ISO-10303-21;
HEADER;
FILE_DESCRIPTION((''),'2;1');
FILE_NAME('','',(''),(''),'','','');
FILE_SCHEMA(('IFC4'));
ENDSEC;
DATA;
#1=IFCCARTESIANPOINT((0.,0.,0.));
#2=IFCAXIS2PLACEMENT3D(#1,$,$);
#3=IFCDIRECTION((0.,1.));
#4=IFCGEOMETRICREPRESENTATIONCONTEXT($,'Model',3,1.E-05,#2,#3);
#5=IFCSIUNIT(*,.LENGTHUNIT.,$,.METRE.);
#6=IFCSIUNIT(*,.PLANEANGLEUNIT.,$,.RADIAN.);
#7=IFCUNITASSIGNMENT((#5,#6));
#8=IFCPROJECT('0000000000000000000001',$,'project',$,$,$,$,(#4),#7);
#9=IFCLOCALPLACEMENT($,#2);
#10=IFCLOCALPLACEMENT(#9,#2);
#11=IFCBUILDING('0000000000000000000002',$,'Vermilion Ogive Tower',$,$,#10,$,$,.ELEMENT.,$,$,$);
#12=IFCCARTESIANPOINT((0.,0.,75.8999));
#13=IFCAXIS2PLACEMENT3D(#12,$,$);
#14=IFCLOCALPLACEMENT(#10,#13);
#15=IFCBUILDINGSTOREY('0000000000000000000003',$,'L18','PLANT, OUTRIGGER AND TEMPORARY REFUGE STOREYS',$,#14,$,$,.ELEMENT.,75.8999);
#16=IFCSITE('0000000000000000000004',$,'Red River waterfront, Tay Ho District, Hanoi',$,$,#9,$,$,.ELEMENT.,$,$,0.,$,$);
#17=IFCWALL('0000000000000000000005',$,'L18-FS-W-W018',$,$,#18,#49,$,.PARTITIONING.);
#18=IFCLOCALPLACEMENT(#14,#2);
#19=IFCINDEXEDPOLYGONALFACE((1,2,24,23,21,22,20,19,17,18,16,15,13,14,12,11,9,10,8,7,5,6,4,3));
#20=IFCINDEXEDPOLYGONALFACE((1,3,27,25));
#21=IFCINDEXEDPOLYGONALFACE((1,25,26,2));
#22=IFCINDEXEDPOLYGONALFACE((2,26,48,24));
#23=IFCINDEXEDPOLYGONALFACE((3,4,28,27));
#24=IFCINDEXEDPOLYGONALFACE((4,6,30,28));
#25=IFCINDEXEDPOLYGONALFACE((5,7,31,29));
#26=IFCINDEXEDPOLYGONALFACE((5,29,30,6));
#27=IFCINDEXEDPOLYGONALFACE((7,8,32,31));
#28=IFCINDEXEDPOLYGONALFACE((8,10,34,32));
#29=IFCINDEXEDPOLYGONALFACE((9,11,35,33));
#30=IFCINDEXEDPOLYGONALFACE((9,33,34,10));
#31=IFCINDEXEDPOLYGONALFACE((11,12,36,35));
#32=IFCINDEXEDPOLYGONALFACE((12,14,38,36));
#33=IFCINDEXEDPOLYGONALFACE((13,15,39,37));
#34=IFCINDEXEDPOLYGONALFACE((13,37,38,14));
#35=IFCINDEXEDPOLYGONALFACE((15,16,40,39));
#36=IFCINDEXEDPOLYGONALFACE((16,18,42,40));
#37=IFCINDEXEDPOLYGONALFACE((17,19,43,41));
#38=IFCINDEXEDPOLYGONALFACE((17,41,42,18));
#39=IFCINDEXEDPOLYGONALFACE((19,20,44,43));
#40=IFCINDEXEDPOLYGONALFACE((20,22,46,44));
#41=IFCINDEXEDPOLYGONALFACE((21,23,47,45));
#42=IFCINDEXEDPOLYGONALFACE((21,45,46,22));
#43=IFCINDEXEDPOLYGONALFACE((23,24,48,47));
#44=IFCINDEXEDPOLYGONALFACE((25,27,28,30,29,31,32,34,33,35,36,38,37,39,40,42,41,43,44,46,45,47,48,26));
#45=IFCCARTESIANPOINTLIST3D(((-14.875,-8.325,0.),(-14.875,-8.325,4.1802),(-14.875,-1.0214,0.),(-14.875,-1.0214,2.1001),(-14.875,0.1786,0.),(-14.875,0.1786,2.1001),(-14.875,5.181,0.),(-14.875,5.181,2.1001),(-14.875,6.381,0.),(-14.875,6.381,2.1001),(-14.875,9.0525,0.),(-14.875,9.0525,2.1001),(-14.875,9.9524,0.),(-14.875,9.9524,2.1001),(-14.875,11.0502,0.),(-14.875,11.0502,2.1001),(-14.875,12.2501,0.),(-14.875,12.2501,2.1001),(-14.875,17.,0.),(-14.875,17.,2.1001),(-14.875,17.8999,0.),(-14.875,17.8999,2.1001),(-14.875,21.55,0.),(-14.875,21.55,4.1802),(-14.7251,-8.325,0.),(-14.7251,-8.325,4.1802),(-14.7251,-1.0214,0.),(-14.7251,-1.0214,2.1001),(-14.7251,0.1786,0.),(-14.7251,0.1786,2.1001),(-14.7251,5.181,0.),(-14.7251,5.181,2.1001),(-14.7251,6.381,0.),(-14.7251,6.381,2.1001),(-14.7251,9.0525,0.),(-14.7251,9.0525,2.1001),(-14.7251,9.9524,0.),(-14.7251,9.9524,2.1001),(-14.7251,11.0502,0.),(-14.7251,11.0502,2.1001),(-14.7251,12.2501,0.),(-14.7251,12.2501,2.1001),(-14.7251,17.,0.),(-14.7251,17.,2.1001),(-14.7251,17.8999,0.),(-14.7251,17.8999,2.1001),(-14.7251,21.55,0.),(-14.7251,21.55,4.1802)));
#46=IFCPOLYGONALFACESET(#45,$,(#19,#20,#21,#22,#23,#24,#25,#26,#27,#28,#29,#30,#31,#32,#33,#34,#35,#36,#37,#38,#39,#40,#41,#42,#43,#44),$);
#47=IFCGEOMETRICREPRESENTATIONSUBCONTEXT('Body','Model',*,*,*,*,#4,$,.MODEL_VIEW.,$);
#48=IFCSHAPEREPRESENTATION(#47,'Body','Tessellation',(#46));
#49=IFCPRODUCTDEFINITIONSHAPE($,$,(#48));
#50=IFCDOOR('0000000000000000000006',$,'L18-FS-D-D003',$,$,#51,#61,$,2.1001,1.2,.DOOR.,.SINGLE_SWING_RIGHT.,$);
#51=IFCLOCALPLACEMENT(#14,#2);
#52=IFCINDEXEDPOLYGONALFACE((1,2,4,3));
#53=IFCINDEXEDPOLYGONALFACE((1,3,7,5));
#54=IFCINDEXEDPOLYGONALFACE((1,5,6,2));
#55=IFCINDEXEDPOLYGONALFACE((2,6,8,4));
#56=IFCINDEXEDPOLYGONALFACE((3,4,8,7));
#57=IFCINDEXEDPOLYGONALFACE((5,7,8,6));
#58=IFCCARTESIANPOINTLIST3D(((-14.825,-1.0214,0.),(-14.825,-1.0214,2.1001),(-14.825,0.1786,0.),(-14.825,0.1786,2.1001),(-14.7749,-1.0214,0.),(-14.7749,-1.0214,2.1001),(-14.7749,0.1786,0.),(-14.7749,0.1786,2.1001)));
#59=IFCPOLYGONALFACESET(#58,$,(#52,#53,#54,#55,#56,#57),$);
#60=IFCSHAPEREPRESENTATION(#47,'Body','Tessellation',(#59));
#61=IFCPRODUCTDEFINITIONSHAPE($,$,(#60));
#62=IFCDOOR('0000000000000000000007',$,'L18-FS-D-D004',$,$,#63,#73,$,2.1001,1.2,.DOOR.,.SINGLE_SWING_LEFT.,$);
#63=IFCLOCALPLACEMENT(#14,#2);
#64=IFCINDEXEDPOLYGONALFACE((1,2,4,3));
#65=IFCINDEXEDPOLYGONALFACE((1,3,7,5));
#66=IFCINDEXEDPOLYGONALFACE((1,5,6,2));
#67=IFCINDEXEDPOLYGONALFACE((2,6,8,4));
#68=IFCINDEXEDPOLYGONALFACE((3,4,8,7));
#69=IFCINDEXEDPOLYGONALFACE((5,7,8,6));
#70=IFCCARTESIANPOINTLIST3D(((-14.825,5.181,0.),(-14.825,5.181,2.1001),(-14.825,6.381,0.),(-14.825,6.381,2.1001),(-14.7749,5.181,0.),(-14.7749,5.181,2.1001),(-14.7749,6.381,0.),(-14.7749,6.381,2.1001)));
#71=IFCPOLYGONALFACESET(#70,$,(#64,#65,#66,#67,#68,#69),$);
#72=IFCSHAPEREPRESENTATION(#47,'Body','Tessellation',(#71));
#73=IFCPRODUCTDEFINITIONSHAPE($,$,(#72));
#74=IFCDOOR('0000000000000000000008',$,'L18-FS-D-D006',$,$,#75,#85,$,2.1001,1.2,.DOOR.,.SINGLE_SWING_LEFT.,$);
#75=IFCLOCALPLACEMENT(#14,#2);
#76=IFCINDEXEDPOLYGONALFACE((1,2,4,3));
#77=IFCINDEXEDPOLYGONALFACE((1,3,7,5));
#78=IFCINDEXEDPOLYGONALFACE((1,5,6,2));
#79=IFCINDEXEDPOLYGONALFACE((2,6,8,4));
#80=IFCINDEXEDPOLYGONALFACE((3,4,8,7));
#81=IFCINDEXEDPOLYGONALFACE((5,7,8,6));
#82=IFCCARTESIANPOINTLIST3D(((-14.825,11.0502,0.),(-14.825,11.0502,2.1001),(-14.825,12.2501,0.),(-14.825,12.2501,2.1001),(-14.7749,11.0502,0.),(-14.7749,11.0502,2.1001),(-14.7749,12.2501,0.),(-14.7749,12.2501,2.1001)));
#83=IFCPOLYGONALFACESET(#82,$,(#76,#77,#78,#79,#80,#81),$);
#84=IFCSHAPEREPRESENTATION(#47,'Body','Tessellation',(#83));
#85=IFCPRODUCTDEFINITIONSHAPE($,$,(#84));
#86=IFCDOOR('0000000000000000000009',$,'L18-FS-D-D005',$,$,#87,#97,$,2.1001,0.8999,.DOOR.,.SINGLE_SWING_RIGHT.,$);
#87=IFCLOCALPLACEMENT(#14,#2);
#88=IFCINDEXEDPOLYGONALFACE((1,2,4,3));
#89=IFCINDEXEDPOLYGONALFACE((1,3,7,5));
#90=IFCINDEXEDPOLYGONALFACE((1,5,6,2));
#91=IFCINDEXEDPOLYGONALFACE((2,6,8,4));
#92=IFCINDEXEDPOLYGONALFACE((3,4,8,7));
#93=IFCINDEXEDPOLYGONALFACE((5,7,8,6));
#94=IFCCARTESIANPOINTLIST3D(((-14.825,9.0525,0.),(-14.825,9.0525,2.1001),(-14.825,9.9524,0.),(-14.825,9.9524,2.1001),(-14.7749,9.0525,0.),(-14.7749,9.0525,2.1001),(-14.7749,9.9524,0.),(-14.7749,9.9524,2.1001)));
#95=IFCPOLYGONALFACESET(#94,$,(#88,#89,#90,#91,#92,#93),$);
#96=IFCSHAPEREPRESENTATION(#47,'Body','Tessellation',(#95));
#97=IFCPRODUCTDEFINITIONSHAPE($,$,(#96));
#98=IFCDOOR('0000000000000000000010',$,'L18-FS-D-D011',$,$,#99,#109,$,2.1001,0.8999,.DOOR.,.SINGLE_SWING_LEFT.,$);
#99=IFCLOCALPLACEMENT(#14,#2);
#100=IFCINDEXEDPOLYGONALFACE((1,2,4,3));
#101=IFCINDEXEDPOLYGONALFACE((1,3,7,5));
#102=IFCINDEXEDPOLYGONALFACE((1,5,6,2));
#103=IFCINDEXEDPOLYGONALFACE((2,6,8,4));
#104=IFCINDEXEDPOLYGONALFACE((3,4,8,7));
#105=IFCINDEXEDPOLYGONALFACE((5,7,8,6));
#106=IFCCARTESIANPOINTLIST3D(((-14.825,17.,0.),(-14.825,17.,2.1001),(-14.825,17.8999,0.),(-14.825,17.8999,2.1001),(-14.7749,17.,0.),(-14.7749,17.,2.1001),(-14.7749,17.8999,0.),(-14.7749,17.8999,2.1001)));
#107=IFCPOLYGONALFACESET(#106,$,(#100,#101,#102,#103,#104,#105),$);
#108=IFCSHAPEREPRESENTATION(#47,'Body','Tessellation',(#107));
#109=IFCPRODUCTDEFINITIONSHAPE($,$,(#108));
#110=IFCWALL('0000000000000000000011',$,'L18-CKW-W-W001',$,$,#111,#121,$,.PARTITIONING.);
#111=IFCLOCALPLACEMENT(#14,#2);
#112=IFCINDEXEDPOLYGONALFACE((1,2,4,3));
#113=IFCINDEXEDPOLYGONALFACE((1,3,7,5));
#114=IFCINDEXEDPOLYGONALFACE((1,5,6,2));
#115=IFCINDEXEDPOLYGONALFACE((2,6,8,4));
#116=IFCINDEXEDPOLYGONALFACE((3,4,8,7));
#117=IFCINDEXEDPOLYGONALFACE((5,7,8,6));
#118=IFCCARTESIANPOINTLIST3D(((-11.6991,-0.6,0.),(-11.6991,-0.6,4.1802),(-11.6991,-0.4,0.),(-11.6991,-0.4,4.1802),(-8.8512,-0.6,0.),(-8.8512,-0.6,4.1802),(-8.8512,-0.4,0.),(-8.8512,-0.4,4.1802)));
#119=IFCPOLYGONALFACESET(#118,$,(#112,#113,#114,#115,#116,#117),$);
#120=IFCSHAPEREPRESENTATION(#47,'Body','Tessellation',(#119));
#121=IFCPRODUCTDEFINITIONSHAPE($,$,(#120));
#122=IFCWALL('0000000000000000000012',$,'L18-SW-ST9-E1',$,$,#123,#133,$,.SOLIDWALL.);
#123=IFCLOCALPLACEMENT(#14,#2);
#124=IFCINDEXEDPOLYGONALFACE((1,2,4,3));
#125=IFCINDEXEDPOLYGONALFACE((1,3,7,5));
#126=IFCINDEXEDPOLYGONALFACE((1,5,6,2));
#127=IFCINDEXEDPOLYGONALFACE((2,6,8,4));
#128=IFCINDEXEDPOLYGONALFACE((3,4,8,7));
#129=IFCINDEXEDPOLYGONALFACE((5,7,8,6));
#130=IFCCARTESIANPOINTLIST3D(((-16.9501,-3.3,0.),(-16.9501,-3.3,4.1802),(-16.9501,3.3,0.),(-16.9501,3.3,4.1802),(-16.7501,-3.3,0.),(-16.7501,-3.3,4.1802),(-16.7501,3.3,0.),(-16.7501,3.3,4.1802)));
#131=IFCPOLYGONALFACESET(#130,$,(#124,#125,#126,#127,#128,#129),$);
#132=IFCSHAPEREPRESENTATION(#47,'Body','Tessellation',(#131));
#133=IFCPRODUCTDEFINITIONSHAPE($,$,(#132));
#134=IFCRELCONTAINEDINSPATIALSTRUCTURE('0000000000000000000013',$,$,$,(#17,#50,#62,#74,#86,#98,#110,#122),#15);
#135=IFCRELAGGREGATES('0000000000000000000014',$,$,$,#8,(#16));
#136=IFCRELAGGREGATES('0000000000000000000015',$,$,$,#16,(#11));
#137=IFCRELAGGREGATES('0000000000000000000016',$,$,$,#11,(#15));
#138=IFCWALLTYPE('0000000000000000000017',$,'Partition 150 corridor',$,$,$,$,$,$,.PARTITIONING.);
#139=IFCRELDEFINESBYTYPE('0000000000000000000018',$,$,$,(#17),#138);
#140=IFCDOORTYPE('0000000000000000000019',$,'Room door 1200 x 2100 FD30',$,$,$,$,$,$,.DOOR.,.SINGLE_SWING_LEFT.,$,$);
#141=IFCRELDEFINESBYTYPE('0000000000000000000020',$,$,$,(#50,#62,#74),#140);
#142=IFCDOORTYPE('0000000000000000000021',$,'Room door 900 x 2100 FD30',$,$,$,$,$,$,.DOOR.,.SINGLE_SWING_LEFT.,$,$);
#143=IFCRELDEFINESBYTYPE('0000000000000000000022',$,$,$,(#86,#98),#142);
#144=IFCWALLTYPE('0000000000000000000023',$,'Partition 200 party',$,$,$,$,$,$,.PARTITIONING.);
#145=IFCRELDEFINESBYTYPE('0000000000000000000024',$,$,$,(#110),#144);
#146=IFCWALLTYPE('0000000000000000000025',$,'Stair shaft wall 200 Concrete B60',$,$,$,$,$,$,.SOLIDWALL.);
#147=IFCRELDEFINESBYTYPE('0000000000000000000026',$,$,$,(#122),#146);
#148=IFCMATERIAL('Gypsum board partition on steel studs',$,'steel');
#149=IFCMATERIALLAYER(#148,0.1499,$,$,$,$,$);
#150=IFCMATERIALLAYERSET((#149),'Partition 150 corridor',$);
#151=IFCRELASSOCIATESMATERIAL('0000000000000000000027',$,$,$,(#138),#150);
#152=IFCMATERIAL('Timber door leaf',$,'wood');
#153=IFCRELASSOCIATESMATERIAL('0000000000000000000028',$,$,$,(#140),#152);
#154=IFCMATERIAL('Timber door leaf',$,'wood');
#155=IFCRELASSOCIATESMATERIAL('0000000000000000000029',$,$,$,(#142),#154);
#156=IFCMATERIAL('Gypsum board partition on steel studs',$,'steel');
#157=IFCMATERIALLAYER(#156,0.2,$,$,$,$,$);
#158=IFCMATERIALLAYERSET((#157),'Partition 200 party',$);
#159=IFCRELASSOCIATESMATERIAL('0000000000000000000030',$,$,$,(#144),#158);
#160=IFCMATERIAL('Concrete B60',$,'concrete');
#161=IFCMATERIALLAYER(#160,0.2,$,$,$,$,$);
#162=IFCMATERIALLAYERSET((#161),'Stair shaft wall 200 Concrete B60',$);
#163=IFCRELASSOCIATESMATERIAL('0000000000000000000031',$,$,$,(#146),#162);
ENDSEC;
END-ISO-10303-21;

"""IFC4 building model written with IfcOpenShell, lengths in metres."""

from ifc_helpers import new_model, si_unit, direction, frame, frame_2d, origin, place, context, subcontext, project, spatial, rectangle, extrude, material, layer, layer_set, type_object, element, fill, save


model = new_model("IFC4")

# Units and contexts
model_context = context("Model", 3, precision=1e-05, world=origin(), true_north=direction((0.0, 1.0)))
body_context = subcontext(model_context, "Body", "Model", "MODEL_VIEW")
ifc_project = project(units=[si_unit("LENGTHUNIT", "METRE"), si_unit("PLANEANGLEUNIT", "RADIAN")], contexts=[model_context])

# Site, building, storey
site_placement = place(None, origin())
site = spatial("IfcSite", under=ifc_project, at=site_placement, Name="Red River waterfront, Tay Ho District, Hanoi", CompositionType="ELEMENT", RefElevation=0.0)
building_placement = place(site_placement, origin())
building = spatial("IfcBuilding", under=site, at=building_placement, Name="Vermilion Ogive Tower", CompositionType="ELEMENT")
storey_placement = place(building_placement, frame((0.0, 0.0, 75.8999)))
storey = spatial("IfcBuildingStorey", under=building, at=storey_placement, Name="L18", Description="PLANT, OUTRIGGER AND TEMPORARY REFUGE STOREYS", CompositionType="ELEMENT", Elevation=75.8999)

# Wall, openings, doors
ifc_material_1 = material(Name="Gypsum board partition on steel studs", Category="steel")
ifc_layer_1 = layer(ifc_material_1, 0.1499)
ifc_layer_set_1 = layer_set([ifc_layer_1], Name="Partition 150 corridor")
wall_type_1 = type_object("IfcWallType", Name="Partition 150 corridor", PredefinedType="PARTITIONING", material=ifc_layer_set_1)
wall_1_placement = place(storey_placement, frame((-14.8, -8.325, 0.0), z_axis=(0.0, 0.0, 1.0), x_axis=(0.0, 1.0, 0.0)))
wall_1 = element("IfcWall", 1, at=wall_1_placement, inside=storey, type_object=wall_type_1, Name="L18-FS-W-W018", PredefinedType="PARTITIONING", context=body_context, shape_type="SweptSolid", body=[
    extrude(rectangle(XDim=29.875, YDim=0.1499, at=frame_2d((14.9375, 0.0))), origin(), (0.0, 0.0, 1.0), 4.1802),
])
opening_1_placement = place(wall_1_placement, frame((7.3035, 0.0, 0.0)))
opening_1 = element("IfcOpeningElement", 2, at=opening_1_placement, cuts=wall_1, PredefinedType="OPENING", context=body_context, shape_type="SweptSolid", body=[
    extrude(rectangle(XDim=1.2, YDim=2.1001, at=frame_2d((0.6001, 1.05))), frame((0.0, 0.085, 0.0), z_axis=(0.0, -1.0, 0.0), x_axis=(1.0, 0.0, 0.0)), (0.0, 0.0, 1.0), 0.1699),
])
opening_2_placement = place(wall_1_placement, frame((13.5059, 0.0, 0.0)))
opening_2 = element("IfcOpeningElement", 3, at=opening_2_placement, cuts=wall_1, PredefinedType="OPENING", context=body_context, shape_type="SweptSolid", body=[
    extrude(rectangle(XDim=1.2, YDim=2.1001, at=frame_2d((0.6001, 1.05))), frame((0.0, 0.085, 0.0), z_axis=(0.0, -1.0, 0.0), x_axis=(1.0, 0.0, 0.0)), (0.0, 0.0, 1.0), 0.1699),
])
opening_3_placement = place(wall_1_placement, frame((17.3774, 0.0, 0.0)))
opening_3 = element("IfcOpeningElement", 4, at=opening_3_placement, cuts=wall_1, PredefinedType="OPENING", context=body_context, shape_type="SweptSolid", body=[
    extrude(rectangle(XDim=0.8999, YDim=2.1001, at=frame_2d((0.45, 1.05))), frame((0.0, 0.085, 0.0), z_axis=(0.0, -1.0, 0.0), x_axis=(1.0, 0.0, 0.0)), (0.0, 0.0, 1.0), 0.1699),
])
opening_4_placement = place(wall_1_placement, frame((19.375, 0.0, 0.0)))
opening_4 = element("IfcOpeningElement", 5, at=opening_4_placement, cuts=wall_1, PredefinedType="OPENING", context=body_context, shape_type="SweptSolid", body=[
    extrude(rectangle(XDim=1.2, YDim=2.1001, at=frame_2d((0.6001, 1.05))), frame((0.0, 0.085, 0.0), z_axis=(0.0, -1.0, 0.0), x_axis=(1.0, 0.0, 0.0)), (0.0, 0.0, 1.0), 0.1699),
])
opening_5_placement = place(wall_1_placement, frame((25.325, 0.0, 0.0)))
opening_5 = element("IfcOpeningElement", 6, at=opening_5_placement, cuts=wall_1, PredefinedType="OPENING", context=body_context, shape_type="SweptSolid", body=[
    extrude(rectangle(XDim=0.8999, YDim=2.1001, at=frame_2d((0.45, 1.05))), frame((0.0, 0.085, 0.0), z_axis=(0.0, -1.0, 0.0), x_axis=(1.0, 0.0, 0.0)), (0.0, 0.0, 1.0), 0.1699),
])
ifc_material_2 = material(Name="Timber door leaf", Category="wood")
door_type_1 = type_object("IfcDoorType", Name="Room door 1200 x 2100 FD30", OperationType="SINGLE_SWING_LEFT", PredefinedType="DOOR", material=ifc_material_2)
door_1_placement = place(opening_1_placement, origin())
door_1 = element("IfcDoor", 7, at=door_1_placement, inside=storey, type_object=door_type_1, Name="L18-FS-D-D003", OperationType="SINGLE_SWING_RIGHT", OverallHeight=2.1001, OverallWidth=1.2, PredefinedType="DOOR", context=body_context, shape_type="SweptSolid", body=[
    extrude(rectangle(XDim=1.2, YDim=2.1001, at=frame_2d((0.6001, 1.05))), frame((0.0, 0.0249, 0.0), z_axis=(0.0, -1.0, 0.0), x_axis=(1.0, 0.0, 0.0)), (0.0, 0.0, 1.0), 0.05),
])
fill(opening_1, door_1)
door_2_placement = place(opening_2_placement, origin())
door_2 = element("IfcDoor", 8, at=door_2_placement, inside=storey, type_object=door_type_1, Name="L18-FS-D-D004", OperationType="SINGLE_SWING_LEFT", OverallHeight=2.1001, OverallWidth=1.2, PredefinedType="DOOR", context=body_context, shape_type="SweptSolid", body=[
    extrude(rectangle(XDim=1.2, YDim=2.1001, at=frame_2d((0.6001, 1.05))), frame((0.0, 0.0249, 0.0), z_axis=(0.0, -1.0, 0.0), x_axis=(1.0, 0.0, 0.0)), (0.0, 0.0, 1.0), 0.05),
])
fill(opening_2, door_2)
door_3_placement = place(opening_4_placement, origin())
door_3 = element("IfcDoor", 9, at=door_3_placement, inside=storey, type_object=door_type_1, Name="L18-FS-D-D006", OperationType="SINGLE_SWING_LEFT", OverallHeight=2.1001, OverallWidth=1.2, PredefinedType="DOOR", context=body_context, shape_type="SweptSolid", body=[
    extrude(rectangle(XDim=1.2, YDim=2.1001, at=frame_2d((0.6001, 1.05))), frame((0.0, 0.0249, 0.0), z_axis=(0.0, -1.0, 0.0), x_axis=(1.0, 0.0, 0.0)), (0.0, 0.0, 1.0), 0.05),
])
fill(opening_4, door_3)
ifc_material_3 = material(Name="Timber door leaf", Category="wood")
door_type_2 = type_object("IfcDoorType", Name="Room door 900 x 2100 FD30", OperationType="SINGLE_SWING_LEFT", PredefinedType="DOOR", material=ifc_material_3)
door_4_placement = place(opening_3_placement, origin())
door_4 = element("IfcDoor", 10, at=door_4_placement, inside=storey, type_object=door_type_2, Name="L18-FS-D-D005", OperationType="SINGLE_SWING_RIGHT", OverallHeight=2.1001, OverallWidth=0.8999, PredefinedType="DOOR", context=body_context, shape_type="SweptSolid", body=[
    extrude(rectangle(XDim=0.8999, YDim=2.1001, at=frame_2d((0.45, 1.05))), frame((0.0, 0.0249, 0.0), z_axis=(0.0, -1.0, 0.0), x_axis=(1.0, 0.0, 0.0)), (0.0, 0.0, 1.0), 0.05),
])
fill(opening_3, door_4)
door_5_placement = place(opening_5_placement, origin())
door_5 = element("IfcDoor", 11, at=door_5_placement, inside=storey, type_object=door_type_2, Name="L18-FS-D-D011", OperationType="SINGLE_SWING_LEFT", OverallHeight=2.1001, OverallWidth=0.8999, PredefinedType="DOOR", context=body_context, shape_type="SweptSolid", body=[
    extrude(rectangle(XDim=0.8999, YDim=2.1001, at=frame_2d((0.45, 1.05))), frame((0.0, 0.0249, 0.0), z_axis=(0.0, -1.0, 0.0), x_axis=(1.0, 0.0, 0.0)), (0.0, 0.0, 1.0), 0.05),
])
fill(opening_5, door_5)

# Walls
ifc_material_4 = material(Name="Gypsum board partition on steel studs", Category="steel")
ifc_layer_2 = layer(ifc_material_4, 0.2)
ifc_layer_set_2 = layer_set([ifc_layer_2], Name="Partition 200 party")
wall_type_2 = type_object("IfcWallType", Name="Partition 200 party", PredefinedType="PARTITIONING", material=ifc_layer_set_2)
wall_2_placement = place(storey_placement, frame((-11.699, -0.5, 0.0), z_axis=(0.0, 0.0, 1.0), x_axis=(1.0, 0.0, 0.0)))
element("IfcWall", 12, at=wall_2_placement, inside=storey, type_object=wall_type_2, Name="L18-CKW-W-W001", PredefinedType="PARTITIONING", context=body_context, shape_type="SweptSolid", body=[
    extrude(rectangle(XDim=2.8479, YDim=0.2, at=frame_2d((1.4238, 0.0))), origin(), (0.0, 0.0, 1.0), 4.1802),
])
ifc_material_5 = material(Name="Concrete B60", Category="concrete")
ifc_layer_3 = layer(ifc_material_5, 0.2)
ifc_layer_set_3 = layer_set([ifc_layer_3], Name="Stair shaft wall 200 Concrete B60")
wall_type_3 = type_object("IfcWallType", Name="Stair shaft wall 200 Concrete B60", PredefinedType="SOLIDWALL", material=ifc_layer_set_3)
wall_3_placement = place(storey_placement, frame((-16.8501, -3.3, 0.0), z_axis=(0.0, 0.0, 1.0), x_axis=(0.0, 1.0, 0.0)))
element("IfcWall", 13, at=wall_3_placement, inside=storey, type_object=wall_type_3, Name="L18-SW-ST9-E1", PredefinedType="SOLIDWALL", context=body_context, shape_type="SweptSolid", body=[
    extrude(rectangle(XDim=6.6001, YDim=0.2, at=frame_2d((3.3, 0.0))), origin(), (0.0, 0.0, 1.0), 4.1802),
])

save(model, "model.ifc")
